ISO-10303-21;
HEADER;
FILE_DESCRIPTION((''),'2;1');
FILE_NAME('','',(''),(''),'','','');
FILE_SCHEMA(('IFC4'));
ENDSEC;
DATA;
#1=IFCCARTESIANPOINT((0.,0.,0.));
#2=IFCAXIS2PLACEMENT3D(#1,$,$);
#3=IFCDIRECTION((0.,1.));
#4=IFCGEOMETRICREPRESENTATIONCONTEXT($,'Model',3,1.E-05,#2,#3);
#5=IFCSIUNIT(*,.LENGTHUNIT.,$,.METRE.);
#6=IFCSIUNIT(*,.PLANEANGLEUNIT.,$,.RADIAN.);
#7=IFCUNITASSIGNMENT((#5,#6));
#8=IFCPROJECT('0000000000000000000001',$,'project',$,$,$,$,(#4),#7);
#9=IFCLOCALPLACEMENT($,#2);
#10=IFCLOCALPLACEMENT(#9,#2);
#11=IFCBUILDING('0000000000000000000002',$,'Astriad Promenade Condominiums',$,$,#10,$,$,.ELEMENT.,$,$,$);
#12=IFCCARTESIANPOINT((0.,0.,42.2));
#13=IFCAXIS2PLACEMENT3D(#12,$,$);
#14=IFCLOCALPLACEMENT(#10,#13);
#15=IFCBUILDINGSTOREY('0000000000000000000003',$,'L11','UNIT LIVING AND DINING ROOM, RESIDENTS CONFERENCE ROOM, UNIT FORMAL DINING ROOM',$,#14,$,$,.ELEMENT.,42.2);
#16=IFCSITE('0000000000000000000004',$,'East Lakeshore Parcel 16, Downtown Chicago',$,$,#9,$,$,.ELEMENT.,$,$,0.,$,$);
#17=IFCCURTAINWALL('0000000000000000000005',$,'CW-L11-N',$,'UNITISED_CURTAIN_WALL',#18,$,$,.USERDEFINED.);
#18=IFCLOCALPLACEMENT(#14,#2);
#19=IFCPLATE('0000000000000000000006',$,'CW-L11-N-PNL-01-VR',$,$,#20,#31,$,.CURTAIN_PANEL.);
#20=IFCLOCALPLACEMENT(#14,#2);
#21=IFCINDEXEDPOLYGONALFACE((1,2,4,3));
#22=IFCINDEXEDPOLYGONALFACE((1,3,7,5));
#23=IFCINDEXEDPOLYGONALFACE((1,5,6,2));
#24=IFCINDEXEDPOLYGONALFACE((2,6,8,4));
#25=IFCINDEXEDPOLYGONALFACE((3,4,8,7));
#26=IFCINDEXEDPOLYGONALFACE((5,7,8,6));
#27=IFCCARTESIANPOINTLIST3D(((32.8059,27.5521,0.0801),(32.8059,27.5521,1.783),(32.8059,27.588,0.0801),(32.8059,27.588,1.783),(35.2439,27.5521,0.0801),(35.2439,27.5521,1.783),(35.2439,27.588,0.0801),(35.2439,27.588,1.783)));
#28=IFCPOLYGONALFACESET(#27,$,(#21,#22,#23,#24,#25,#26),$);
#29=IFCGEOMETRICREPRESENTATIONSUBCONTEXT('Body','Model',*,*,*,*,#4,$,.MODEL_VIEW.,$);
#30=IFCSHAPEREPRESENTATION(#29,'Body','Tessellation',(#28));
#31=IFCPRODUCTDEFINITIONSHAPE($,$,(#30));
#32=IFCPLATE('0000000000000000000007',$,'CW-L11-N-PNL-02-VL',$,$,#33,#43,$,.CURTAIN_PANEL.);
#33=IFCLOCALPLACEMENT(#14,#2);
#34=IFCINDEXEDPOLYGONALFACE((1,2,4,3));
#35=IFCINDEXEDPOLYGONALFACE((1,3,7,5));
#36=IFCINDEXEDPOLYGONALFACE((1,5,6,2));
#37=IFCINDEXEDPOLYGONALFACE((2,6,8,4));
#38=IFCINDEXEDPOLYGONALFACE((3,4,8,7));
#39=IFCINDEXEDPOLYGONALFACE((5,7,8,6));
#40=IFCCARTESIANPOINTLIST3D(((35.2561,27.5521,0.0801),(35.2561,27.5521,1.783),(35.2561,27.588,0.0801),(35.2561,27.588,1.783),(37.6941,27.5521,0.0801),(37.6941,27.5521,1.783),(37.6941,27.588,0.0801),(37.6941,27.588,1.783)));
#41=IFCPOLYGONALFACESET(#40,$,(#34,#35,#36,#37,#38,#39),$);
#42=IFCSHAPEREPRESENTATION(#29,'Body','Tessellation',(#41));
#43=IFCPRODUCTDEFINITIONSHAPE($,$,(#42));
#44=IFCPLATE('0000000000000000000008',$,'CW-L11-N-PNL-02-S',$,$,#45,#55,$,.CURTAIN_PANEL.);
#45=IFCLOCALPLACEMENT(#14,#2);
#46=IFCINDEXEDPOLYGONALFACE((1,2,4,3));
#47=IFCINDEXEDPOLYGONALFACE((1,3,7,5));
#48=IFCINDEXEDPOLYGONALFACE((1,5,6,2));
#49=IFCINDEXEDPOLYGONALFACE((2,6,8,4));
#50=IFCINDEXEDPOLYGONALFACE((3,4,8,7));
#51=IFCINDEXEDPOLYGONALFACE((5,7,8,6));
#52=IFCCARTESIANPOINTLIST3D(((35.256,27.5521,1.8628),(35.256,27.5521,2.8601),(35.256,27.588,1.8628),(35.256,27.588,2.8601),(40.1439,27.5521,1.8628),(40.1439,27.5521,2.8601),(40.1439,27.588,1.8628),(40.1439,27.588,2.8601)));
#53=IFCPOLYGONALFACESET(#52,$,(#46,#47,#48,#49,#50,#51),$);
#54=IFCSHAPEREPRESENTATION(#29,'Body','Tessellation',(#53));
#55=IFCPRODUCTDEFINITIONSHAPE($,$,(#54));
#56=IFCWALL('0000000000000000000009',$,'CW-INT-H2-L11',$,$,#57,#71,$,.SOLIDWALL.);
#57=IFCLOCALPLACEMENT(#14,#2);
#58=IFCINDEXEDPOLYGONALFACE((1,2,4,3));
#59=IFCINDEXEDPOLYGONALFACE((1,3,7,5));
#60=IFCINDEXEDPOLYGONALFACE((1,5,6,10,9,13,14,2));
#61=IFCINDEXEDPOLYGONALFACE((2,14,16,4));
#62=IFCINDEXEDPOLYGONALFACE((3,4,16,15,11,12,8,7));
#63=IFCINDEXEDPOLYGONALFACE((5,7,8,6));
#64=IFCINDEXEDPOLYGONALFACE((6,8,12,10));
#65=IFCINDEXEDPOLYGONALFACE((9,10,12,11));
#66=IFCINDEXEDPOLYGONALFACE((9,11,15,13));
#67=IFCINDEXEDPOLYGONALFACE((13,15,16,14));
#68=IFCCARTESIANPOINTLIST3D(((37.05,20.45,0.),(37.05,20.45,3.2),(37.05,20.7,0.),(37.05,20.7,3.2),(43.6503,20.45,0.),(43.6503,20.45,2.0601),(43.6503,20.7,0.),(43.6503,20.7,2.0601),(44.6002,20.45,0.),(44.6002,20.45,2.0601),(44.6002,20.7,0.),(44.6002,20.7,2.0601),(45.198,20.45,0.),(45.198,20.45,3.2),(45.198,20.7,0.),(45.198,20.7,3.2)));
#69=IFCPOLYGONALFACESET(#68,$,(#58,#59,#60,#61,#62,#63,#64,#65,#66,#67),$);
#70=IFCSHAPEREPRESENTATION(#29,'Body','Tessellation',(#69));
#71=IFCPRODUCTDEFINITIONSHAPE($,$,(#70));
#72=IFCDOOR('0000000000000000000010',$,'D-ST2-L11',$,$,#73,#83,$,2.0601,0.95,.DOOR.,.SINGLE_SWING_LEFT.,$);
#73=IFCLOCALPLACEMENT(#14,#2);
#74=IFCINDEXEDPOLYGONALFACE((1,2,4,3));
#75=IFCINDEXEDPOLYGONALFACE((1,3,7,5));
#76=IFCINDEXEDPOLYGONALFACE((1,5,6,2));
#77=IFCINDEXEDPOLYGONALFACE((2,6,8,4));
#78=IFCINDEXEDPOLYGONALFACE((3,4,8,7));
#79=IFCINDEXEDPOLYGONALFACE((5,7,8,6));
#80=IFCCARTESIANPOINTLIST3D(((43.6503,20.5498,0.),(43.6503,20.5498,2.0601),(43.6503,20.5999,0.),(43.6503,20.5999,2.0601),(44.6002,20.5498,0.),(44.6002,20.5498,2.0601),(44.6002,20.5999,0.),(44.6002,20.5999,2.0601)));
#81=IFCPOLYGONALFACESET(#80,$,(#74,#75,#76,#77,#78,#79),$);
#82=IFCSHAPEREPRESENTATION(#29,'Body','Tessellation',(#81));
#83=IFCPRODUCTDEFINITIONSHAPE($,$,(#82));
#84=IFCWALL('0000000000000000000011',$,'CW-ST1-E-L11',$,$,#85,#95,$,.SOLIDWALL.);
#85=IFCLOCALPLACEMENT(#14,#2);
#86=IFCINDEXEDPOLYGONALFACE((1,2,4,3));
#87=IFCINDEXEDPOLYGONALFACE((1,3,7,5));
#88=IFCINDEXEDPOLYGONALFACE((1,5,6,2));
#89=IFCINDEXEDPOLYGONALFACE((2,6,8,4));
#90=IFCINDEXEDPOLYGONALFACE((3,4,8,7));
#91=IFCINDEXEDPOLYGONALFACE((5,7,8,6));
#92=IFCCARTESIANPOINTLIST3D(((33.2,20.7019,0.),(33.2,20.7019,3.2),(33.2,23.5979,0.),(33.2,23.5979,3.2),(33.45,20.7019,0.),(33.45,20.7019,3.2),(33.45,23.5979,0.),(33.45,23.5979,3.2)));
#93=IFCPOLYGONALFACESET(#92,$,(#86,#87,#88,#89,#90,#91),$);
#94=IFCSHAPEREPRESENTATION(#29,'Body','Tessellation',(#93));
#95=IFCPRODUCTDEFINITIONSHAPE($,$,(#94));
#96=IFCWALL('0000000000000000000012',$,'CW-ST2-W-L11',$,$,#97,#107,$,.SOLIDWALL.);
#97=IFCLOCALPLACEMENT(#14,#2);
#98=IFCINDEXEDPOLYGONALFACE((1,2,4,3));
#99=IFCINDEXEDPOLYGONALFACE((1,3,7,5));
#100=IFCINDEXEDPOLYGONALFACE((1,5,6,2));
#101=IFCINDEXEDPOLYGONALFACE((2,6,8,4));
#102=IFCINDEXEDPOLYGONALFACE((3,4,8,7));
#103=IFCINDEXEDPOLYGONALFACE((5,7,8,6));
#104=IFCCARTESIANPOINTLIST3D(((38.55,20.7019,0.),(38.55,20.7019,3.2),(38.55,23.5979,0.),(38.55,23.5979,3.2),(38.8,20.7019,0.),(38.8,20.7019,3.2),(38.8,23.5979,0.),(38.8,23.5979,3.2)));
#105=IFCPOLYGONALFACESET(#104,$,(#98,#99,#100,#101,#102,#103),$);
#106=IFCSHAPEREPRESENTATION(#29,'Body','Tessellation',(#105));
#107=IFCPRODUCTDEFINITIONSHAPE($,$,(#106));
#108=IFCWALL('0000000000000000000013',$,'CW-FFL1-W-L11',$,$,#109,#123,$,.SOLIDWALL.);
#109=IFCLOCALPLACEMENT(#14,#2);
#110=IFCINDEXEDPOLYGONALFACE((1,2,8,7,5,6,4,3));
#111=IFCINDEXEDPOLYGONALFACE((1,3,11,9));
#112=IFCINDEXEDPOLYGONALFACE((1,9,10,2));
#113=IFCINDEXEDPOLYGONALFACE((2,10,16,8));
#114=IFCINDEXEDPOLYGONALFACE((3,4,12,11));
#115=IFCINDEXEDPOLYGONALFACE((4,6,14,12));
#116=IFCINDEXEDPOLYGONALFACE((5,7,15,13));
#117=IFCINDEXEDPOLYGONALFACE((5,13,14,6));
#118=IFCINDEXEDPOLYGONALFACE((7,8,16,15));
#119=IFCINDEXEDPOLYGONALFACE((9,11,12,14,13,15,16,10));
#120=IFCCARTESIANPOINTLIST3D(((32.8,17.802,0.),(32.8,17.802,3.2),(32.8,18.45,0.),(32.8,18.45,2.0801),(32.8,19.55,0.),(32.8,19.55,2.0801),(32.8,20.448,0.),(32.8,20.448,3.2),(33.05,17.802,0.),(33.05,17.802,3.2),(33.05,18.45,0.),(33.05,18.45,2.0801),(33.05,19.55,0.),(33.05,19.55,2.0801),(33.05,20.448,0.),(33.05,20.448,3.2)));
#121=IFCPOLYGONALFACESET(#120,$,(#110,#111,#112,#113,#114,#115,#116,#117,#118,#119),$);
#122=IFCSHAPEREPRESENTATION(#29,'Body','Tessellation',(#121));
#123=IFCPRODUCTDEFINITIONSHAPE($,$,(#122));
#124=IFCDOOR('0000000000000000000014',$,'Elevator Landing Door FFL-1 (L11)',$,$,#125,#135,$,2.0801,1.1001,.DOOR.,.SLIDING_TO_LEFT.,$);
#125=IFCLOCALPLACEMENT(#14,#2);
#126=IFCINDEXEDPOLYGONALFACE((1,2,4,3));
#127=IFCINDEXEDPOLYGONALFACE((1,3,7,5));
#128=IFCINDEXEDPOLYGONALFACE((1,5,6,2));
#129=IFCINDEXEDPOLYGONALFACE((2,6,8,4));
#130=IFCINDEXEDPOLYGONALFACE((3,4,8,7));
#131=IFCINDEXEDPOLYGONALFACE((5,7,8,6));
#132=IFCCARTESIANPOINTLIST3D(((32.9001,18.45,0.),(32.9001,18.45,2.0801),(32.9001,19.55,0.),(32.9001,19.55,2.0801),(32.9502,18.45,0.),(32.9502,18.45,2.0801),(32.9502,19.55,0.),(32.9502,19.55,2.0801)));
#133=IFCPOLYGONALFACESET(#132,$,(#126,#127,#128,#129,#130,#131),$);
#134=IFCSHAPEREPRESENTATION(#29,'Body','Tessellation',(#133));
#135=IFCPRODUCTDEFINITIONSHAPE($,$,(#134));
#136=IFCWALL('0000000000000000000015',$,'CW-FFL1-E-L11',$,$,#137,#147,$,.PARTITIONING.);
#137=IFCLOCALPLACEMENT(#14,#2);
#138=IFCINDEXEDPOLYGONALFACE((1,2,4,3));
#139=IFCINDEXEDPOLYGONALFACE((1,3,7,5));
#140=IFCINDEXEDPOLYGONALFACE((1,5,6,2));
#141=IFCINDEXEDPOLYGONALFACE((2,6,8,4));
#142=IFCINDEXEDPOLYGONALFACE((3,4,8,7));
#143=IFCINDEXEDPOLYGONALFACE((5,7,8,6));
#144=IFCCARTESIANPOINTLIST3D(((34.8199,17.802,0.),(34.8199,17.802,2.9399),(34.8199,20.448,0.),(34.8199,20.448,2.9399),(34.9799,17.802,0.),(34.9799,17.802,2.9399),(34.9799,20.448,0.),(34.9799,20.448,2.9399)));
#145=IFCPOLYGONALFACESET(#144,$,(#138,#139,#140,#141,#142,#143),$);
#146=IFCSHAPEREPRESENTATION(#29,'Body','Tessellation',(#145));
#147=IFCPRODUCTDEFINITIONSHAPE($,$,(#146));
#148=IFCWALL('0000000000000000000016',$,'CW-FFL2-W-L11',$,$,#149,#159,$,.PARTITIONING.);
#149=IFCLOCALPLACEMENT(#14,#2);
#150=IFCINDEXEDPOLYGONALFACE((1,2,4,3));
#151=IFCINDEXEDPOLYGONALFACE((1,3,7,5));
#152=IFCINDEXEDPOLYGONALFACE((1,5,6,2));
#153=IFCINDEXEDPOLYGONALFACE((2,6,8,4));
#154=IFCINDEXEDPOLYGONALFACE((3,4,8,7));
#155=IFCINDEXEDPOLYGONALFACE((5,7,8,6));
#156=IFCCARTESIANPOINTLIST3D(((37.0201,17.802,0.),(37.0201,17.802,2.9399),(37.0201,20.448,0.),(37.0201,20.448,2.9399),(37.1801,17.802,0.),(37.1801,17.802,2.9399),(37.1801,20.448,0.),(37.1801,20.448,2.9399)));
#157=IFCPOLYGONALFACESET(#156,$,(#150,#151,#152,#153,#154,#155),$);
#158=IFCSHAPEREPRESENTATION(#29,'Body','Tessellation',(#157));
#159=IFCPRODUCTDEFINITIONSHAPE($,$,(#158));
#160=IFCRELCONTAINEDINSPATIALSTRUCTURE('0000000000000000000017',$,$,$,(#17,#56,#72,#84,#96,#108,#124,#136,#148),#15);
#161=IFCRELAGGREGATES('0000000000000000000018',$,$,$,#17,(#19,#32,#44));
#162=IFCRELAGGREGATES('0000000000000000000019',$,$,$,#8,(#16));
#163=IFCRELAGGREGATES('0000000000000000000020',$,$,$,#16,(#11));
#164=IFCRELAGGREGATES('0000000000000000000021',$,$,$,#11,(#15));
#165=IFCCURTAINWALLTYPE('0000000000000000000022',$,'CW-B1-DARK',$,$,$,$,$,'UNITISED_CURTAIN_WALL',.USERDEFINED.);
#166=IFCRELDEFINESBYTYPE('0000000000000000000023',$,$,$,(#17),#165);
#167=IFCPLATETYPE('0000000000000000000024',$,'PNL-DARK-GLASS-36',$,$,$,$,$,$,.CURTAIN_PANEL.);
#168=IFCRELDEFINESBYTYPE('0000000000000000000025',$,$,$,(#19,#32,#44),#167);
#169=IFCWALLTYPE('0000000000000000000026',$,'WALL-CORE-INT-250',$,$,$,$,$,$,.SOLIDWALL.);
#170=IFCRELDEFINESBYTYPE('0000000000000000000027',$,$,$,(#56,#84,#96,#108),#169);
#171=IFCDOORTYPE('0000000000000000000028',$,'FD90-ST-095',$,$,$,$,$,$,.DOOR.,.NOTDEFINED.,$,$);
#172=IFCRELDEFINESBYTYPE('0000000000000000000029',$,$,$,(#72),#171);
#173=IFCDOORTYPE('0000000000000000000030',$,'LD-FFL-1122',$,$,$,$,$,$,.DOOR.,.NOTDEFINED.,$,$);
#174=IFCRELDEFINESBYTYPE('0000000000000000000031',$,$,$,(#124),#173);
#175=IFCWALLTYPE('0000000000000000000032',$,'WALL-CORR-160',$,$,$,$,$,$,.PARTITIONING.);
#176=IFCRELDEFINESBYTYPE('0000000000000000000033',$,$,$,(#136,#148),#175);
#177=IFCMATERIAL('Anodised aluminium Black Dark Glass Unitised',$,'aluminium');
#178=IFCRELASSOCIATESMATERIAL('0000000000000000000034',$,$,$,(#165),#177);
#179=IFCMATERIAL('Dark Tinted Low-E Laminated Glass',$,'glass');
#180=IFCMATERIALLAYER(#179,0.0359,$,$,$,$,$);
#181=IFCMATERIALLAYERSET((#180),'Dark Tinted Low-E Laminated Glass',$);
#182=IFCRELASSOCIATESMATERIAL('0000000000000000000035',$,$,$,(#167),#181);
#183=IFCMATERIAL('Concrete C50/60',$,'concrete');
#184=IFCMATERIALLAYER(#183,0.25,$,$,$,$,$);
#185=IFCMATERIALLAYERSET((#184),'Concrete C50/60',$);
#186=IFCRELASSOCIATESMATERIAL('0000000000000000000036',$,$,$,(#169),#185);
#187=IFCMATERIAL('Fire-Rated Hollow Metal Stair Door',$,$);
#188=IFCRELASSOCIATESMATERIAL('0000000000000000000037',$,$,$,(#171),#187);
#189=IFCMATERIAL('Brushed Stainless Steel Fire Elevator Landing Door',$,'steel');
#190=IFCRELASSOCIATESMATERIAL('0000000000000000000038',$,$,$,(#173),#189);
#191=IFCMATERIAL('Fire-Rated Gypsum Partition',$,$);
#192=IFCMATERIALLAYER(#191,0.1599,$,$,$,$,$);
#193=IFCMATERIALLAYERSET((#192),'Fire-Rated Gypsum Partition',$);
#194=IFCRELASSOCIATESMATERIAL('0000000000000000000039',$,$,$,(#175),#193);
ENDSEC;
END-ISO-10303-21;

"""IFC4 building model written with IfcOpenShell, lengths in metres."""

from ifc_helpers import new_model, si_unit, direction, frame, frame_2d, origin, origin_2d, place, context, subcontext, project, spatial, rectangle, extrude, source, transform, mapped, material, layer, layer_set, type_object, type_shapes, element, fill, aggregate, save


model = new_model("IFC4")

# Units and contexts
model_context = context("Model", 3, precision=1e-05, world=origin(), true_north=direction((0.0, 1.0)))
body_context = subcontext(model_context, "Body", "Model", "MODEL_VIEW")
ifc_project = project(units=[si_unit("LENGTHUNIT", "METRE"), si_unit("PLANEANGLEUNIT", "RADIAN")], contexts=[model_context])

# Site, building, storey
site_placement = place(None, origin())
site = spatial("IfcSite", under=ifc_project, at=site_placement, Name="East Lakeshore Parcel 16, Downtown Chicago", CompositionType="ELEMENT", RefElevation=0.0)
building_placement = place(site_placement, origin())
building = spatial("IfcBuilding", under=site, at=building_placement, Name="Astriad Promenade Condominiums", CompositionType="ELEMENT")
storey_placement = place(building_placement, frame((0.0, 0.0, 42.2)))
storey = spatial("IfcBuildingStorey", under=building, at=storey_placement, Name="L11", Description="UNIT LIVING AND DINING ROOM, RESIDENTS CONFERENCE ROOM, UNIT FORMAL DINING ROOM", CompositionType="ELEMENT", Elevation=42.2)

# Curtain wall, plates
ifc_material_1 = material(Name="Anodised aluminium Black Dark Glass Unitised", Category="aluminium")
curtain_wall_type = type_object("IfcCurtainWallType", Name="CW-B1-DARK", ElementType="UNITISED_CURTAIN_WALL", PredefinedType="USERDEFINED", material=ifc_material_1)
curtain_wall_placement = place(storey_placement, origin())
curtain_wall = element("IfcCurtainWall", 1, at=curtain_wall_placement, inside=storey, type_object=curtain_wall_type, Name="CW-L11-N", ObjectType="UNITISED_CURTAIN_WALL", PredefinedType="USERDEFINED")
ifc_material_2 = material(Name="Dark Tinted Low-E Laminated Glass", Category="glass")
ifc_layer_1 = layer(ifc_material_2, 0.0359)
ifc_layer_set_1 = layer_set([ifc_layer_1], Name="Dark Tinted Low-E Laminated Glass")
plate_type = type_object("IfcPlateType", Name="PNL-DARK-GLASS-36", PredefinedType="CURTAIN_PANEL", material=ifc_layer_set_1)
shared_shape_1 = source(origin(), body_context, "Body", "SweptSolid", [
    extrude(rectangle(XDim=2.438, YDim=0.0359, at=origin_2d()), origin(), (0.0, 0.0, 1.0), 1.7029),
])
plate_1_placement = place(storey_placement, frame((34.0249, 27.5701, 0.0801), z_axis=(0.0, 0.0, 1.0), x_axis=(1.0, 0.0, 0.0)))
plate_1 = element("IfcPlate", 2, at=plate_1_placement, type_object=plate_type, Name="CW-L11-N-PNL-01-VR", PredefinedType="CURTAIN_PANEL", context=body_context, shape_type="MappedRepresentation", body=[
    mapped(shared_shape_1, transform((0.0, 0.0, 0.0), scale=1.0)),
])
plate_2_placement = place(storey_placement, frame((36.4751, 27.5701, 0.0801), z_axis=(0.0, 0.0, 1.0), x_axis=(1.0, 0.0, 0.0)))
plate_2 = element("IfcPlate", 3, at=plate_2_placement, type_object=plate_type, Name="CW-L11-N-PNL-02-VL", PredefinedType="CURTAIN_PANEL", context=body_context, shape_type="MappedRepresentation", body=[
    mapped(shared_shape_1, transform((0.0, 0.0, 0.0), scale=1.0)),
])
shared_shape_2 = source(origin(), body_context, "Body", "SweptSolid", [
    extrude(rectangle(XDim=4.8879, YDim=0.0359, at=origin_2d()), origin(), (0.0, 0.0, 1.0), 0.9973),
])
type_shapes(plate_type, [shared_shape_1, shared_shape_2])
plate_3_placement = place(storey_placement, frame((37.7, 27.5701, 1.8628), z_axis=(0.0, 0.0, 1.0), x_axis=(1.0, 0.0, 0.0)))
plate_3 = element("IfcPlate", 4, at=plate_3_placement, type_object=plate_type, Name="CW-L11-N-PNL-02-S", PredefinedType="CURTAIN_PANEL", context=body_context, shape_type="MappedRepresentation", body=[
    mapped(shared_shape_2, transform((0.0, 0.0, 0.0), scale=1.0)),
])
aggregate(curtain_wall, [plate_1, plate_2, plate_3])

# Wall, opening, door
ifc_material_3 = material(Name="Concrete C50/60", Category="concrete")
ifc_layer_2 = layer(ifc_material_3, 0.25)
ifc_layer_set_2 = layer_set([ifc_layer_2], Name="Concrete C50/60")
wall_type_1 = type_object("IfcWallType", Name="WALL-CORE-INT-250", PredefinedType="SOLIDWALL", material=ifc_layer_set_2)
wall_1_placement = place(storey_placement, frame((37.05, 20.575, 0.0), z_axis=(0.0, 0.0, 1.0), x_axis=(1.0, 0.0, 0.0)))
wall_1 = element("IfcWall", 5, at=wall_1_placement, inside=storey, type_object=wall_type_1, Name="CW-INT-H2-L11", PredefinedType="SOLIDWALL", context=body_context, shape_type="SweptSolid", body=[
    extrude(rectangle(XDim=8.1479, YDim=0.25, at=frame_2d((4.074, 0.0))), origin(), (0.0, 0.0, 1.0), 3.2),
])
opening_1_placement = place(wall_1_placement, frame((6.6001, 0.0, 0.0)))
opening_1 = element("IfcOpeningElement", 6, at=opening_1_placement, cuts=wall_1, PredefinedType="OPENING", context=body_context, shape_type="SweptSolid", body=[
    extrude(rectangle(XDim=0.95, YDim=2.0601, at=frame_2d((0.4751, 1.03))), frame((0.0, 0.135, 0.0), z_axis=(0.0, -1.0, 0.0), x_axis=(1.0, 0.0, 0.0)), (0.0, 0.0, 1.0), 0.27),
])
ifc_material_4 = material(Name="Fire-Rated Hollow Metal Stair Door")
door_type_1 = type_object("IfcDoorType", Name="FD90-ST-095", OperationType="NOTDEFINED", PredefinedType="DOOR", material=ifc_material_4)
shared_shape_3 = source(origin(), body_context, "Body", "SweptSolid", [
    extrude(rectangle(XDim=0.95, YDim=2.0601, at=frame_2d((0.4751, 1.03))), frame((0.0, 0.0249, 0.0), z_axis=(0.0, -1.0, 0.0), x_axis=(1.0, 0.0, 0.0)), (0.0, 0.0, 1.0), 0.05),
])
type_shapes(door_type_1, [shared_shape_3])
door_1_placement = place(opening_1_placement, origin())
door_1 = element("IfcDoor", 7, at=door_1_placement, inside=storey, type_object=door_type_1, Name="D-ST2-L11", OperationType="SINGLE_SWING_LEFT", OverallHeight=2.0601, OverallWidth=0.95, PredefinedType="DOOR", context=body_context, shape_type="MappedRepresentation", body=[
    mapped(shared_shape_3, transform((0.0, 0.0, 0.0), scale=1.0)),
])
fill(opening_1, door_1)

# Walls
for number, where, z_axis, x_axis, name in (
    (8, (33.325, 20.7019, 0.0), (0.0, 0.0, 1.0), (0.0, 1.0, 0.0), "CW-ST1-E-L11"),
    (9, (38.675, 20.7019, 0.0), (0.0, 0.0, 1.0), (0.0, 1.0, 0.0), "CW-ST2-W-L11"),
):
    element("IfcWall", number, at=place(storey_placement, frame(where, z_axis=z_axis, x_axis=x_axis)), inside=storey, type_object=wall_type_1, Name=name, PredefinedType="SOLIDWALL", context=body_context, shape_type="SweptSolid", body=[
        extrude(rectangle(XDim=2.896, YDim=0.25, at=frame_2d((1.448, 0.0))), origin(), (0.0, 0.0, 1.0), 3.2),
    ])

# Wall, opening, door
wall_2_placement = place(storey_placement, frame((32.925, 17.802, 0.0), z_axis=(0.0, 0.0, 1.0), x_axis=(0.0, 1.0, 0.0)))
wall_2 = element("IfcWall", 10, at=wall_2_placement, inside=storey, type_object=wall_type_1, Name="CW-FFL1-W-L11", PredefinedType="SOLIDWALL", context=body_context, shape_type="SweptSolid", body=[
    extrude(rectangle(XDim=2.646, YDim=0.25, at=frame_2d((1.323, 0.0))), origin(), (0.0, 0.0, 1.0), 3.2),
])
opening_2_placement = place(wall_2_placement, frame((0.6479, 0.0, 0.0)))
opening_2 = element("IfcOpeningElement", 11, at=opening_2_placement, cuts=wall_2, PredefinedType="OPENING", context=body_context, shape_type="SweptSolid", body=[
    extrude(rectangle(XDim=1.1001, YDim=2.0801, at=frame_2d((0.55, 1.04))), frame((0.0, 0.135, 0.0), z_axis=(0.0, -1.0, 0.0), x_axis=(1.0, 0.0, 0.0)), (0.0, 0.0, 1.0), 0.27),
])
ifc_material_5 = material(Name="Brushed Stainless Steel Fire Elevator Landing Door", Category="steel")
door_type_2 = type_object("IfcDoorType", Name="LD-FFL-1122", OperationType="NOTDEFINED", PredefinedType="DOOR", material=ifc_material_5)
shared_shape_4 = source(origin(), body_context, "Body", "SweptSolid", [
    extrude(rectangle(XDim=1.1001, YDim=2.0801, at=frame_2d((0.55, 1.04))), frame((0.0, 0.0249, 0.0), z_axis=(0.0, -1.0, 0.0), x_axis=(1.0, 0.0, 0.0)), (0.0, 0.0, 1.0), 0.05),
])
type_shapes(door_type_2, [shared_shape_4])
door_2_placement = place(opening_2_placement, origin())
door_2 = element("IfcDoor", 12, at=door_2_placement, inside=storey, type_object=door_type_2, Name="Elevator Landing Door FFL-1 (L11)", OperationType="SLIDING_TO_LEFT", OverallHeight=2.0801, OverallWidth=1.1001, PredefinedType="DOOR", context=body_context, shape_type="MappedRepresentation", body=[
    mapped(shared_shape_4, transform((0.0, 0.0, 0.0), scale=1.0)),
])
fill(opening_2, door_2)

# Walls
ifc_material_6 = material(Name="Fire-Rated Gypsum Partition")
ifc_layer_3 = layer(ifc_material_6, 0.1599)
ifc_layer_set_3 = layer_set([ifc_layer_3], Name="Fire-Rated Gypsum Partition")
wall_type_2 = type_object("IfcWallType", Name="WALL-CORR-160", PredefinedType="PARTITIONING", material=ifc_layer_set_3)
for number, where, z_axis, x_axis, name in (
    (13, (34.8999, 17.802, 0.0), (0.0, 0.0, 1.0), (0.0, 1.0, 0.0), "CW-FFL1-E-L11"),
    (14, (37.1001, 17.802, 0.0), (0.0, 0.0, 1.0), (0.0, 1.0, 0.0), "CW-FFL2-W-L11"),
):
    element("IfcWall", number, at=place(storey_placement, frame(where, z_axis=z_axis, x_axis=x_axis)), inside=storey, type_object=wall_type_2, Name=name, PredefinedType="PARTITIONING", context=body_context, shape_type="SweptSolid", body=[
        extrude(rectangle(XDim=2.646, YDim=0.1599, at=frame_2d((1.323, 0.0))), origin(), (0.0, 0.0, 1.0), 2.9399),
    ])

save(model, "model.ifc")
